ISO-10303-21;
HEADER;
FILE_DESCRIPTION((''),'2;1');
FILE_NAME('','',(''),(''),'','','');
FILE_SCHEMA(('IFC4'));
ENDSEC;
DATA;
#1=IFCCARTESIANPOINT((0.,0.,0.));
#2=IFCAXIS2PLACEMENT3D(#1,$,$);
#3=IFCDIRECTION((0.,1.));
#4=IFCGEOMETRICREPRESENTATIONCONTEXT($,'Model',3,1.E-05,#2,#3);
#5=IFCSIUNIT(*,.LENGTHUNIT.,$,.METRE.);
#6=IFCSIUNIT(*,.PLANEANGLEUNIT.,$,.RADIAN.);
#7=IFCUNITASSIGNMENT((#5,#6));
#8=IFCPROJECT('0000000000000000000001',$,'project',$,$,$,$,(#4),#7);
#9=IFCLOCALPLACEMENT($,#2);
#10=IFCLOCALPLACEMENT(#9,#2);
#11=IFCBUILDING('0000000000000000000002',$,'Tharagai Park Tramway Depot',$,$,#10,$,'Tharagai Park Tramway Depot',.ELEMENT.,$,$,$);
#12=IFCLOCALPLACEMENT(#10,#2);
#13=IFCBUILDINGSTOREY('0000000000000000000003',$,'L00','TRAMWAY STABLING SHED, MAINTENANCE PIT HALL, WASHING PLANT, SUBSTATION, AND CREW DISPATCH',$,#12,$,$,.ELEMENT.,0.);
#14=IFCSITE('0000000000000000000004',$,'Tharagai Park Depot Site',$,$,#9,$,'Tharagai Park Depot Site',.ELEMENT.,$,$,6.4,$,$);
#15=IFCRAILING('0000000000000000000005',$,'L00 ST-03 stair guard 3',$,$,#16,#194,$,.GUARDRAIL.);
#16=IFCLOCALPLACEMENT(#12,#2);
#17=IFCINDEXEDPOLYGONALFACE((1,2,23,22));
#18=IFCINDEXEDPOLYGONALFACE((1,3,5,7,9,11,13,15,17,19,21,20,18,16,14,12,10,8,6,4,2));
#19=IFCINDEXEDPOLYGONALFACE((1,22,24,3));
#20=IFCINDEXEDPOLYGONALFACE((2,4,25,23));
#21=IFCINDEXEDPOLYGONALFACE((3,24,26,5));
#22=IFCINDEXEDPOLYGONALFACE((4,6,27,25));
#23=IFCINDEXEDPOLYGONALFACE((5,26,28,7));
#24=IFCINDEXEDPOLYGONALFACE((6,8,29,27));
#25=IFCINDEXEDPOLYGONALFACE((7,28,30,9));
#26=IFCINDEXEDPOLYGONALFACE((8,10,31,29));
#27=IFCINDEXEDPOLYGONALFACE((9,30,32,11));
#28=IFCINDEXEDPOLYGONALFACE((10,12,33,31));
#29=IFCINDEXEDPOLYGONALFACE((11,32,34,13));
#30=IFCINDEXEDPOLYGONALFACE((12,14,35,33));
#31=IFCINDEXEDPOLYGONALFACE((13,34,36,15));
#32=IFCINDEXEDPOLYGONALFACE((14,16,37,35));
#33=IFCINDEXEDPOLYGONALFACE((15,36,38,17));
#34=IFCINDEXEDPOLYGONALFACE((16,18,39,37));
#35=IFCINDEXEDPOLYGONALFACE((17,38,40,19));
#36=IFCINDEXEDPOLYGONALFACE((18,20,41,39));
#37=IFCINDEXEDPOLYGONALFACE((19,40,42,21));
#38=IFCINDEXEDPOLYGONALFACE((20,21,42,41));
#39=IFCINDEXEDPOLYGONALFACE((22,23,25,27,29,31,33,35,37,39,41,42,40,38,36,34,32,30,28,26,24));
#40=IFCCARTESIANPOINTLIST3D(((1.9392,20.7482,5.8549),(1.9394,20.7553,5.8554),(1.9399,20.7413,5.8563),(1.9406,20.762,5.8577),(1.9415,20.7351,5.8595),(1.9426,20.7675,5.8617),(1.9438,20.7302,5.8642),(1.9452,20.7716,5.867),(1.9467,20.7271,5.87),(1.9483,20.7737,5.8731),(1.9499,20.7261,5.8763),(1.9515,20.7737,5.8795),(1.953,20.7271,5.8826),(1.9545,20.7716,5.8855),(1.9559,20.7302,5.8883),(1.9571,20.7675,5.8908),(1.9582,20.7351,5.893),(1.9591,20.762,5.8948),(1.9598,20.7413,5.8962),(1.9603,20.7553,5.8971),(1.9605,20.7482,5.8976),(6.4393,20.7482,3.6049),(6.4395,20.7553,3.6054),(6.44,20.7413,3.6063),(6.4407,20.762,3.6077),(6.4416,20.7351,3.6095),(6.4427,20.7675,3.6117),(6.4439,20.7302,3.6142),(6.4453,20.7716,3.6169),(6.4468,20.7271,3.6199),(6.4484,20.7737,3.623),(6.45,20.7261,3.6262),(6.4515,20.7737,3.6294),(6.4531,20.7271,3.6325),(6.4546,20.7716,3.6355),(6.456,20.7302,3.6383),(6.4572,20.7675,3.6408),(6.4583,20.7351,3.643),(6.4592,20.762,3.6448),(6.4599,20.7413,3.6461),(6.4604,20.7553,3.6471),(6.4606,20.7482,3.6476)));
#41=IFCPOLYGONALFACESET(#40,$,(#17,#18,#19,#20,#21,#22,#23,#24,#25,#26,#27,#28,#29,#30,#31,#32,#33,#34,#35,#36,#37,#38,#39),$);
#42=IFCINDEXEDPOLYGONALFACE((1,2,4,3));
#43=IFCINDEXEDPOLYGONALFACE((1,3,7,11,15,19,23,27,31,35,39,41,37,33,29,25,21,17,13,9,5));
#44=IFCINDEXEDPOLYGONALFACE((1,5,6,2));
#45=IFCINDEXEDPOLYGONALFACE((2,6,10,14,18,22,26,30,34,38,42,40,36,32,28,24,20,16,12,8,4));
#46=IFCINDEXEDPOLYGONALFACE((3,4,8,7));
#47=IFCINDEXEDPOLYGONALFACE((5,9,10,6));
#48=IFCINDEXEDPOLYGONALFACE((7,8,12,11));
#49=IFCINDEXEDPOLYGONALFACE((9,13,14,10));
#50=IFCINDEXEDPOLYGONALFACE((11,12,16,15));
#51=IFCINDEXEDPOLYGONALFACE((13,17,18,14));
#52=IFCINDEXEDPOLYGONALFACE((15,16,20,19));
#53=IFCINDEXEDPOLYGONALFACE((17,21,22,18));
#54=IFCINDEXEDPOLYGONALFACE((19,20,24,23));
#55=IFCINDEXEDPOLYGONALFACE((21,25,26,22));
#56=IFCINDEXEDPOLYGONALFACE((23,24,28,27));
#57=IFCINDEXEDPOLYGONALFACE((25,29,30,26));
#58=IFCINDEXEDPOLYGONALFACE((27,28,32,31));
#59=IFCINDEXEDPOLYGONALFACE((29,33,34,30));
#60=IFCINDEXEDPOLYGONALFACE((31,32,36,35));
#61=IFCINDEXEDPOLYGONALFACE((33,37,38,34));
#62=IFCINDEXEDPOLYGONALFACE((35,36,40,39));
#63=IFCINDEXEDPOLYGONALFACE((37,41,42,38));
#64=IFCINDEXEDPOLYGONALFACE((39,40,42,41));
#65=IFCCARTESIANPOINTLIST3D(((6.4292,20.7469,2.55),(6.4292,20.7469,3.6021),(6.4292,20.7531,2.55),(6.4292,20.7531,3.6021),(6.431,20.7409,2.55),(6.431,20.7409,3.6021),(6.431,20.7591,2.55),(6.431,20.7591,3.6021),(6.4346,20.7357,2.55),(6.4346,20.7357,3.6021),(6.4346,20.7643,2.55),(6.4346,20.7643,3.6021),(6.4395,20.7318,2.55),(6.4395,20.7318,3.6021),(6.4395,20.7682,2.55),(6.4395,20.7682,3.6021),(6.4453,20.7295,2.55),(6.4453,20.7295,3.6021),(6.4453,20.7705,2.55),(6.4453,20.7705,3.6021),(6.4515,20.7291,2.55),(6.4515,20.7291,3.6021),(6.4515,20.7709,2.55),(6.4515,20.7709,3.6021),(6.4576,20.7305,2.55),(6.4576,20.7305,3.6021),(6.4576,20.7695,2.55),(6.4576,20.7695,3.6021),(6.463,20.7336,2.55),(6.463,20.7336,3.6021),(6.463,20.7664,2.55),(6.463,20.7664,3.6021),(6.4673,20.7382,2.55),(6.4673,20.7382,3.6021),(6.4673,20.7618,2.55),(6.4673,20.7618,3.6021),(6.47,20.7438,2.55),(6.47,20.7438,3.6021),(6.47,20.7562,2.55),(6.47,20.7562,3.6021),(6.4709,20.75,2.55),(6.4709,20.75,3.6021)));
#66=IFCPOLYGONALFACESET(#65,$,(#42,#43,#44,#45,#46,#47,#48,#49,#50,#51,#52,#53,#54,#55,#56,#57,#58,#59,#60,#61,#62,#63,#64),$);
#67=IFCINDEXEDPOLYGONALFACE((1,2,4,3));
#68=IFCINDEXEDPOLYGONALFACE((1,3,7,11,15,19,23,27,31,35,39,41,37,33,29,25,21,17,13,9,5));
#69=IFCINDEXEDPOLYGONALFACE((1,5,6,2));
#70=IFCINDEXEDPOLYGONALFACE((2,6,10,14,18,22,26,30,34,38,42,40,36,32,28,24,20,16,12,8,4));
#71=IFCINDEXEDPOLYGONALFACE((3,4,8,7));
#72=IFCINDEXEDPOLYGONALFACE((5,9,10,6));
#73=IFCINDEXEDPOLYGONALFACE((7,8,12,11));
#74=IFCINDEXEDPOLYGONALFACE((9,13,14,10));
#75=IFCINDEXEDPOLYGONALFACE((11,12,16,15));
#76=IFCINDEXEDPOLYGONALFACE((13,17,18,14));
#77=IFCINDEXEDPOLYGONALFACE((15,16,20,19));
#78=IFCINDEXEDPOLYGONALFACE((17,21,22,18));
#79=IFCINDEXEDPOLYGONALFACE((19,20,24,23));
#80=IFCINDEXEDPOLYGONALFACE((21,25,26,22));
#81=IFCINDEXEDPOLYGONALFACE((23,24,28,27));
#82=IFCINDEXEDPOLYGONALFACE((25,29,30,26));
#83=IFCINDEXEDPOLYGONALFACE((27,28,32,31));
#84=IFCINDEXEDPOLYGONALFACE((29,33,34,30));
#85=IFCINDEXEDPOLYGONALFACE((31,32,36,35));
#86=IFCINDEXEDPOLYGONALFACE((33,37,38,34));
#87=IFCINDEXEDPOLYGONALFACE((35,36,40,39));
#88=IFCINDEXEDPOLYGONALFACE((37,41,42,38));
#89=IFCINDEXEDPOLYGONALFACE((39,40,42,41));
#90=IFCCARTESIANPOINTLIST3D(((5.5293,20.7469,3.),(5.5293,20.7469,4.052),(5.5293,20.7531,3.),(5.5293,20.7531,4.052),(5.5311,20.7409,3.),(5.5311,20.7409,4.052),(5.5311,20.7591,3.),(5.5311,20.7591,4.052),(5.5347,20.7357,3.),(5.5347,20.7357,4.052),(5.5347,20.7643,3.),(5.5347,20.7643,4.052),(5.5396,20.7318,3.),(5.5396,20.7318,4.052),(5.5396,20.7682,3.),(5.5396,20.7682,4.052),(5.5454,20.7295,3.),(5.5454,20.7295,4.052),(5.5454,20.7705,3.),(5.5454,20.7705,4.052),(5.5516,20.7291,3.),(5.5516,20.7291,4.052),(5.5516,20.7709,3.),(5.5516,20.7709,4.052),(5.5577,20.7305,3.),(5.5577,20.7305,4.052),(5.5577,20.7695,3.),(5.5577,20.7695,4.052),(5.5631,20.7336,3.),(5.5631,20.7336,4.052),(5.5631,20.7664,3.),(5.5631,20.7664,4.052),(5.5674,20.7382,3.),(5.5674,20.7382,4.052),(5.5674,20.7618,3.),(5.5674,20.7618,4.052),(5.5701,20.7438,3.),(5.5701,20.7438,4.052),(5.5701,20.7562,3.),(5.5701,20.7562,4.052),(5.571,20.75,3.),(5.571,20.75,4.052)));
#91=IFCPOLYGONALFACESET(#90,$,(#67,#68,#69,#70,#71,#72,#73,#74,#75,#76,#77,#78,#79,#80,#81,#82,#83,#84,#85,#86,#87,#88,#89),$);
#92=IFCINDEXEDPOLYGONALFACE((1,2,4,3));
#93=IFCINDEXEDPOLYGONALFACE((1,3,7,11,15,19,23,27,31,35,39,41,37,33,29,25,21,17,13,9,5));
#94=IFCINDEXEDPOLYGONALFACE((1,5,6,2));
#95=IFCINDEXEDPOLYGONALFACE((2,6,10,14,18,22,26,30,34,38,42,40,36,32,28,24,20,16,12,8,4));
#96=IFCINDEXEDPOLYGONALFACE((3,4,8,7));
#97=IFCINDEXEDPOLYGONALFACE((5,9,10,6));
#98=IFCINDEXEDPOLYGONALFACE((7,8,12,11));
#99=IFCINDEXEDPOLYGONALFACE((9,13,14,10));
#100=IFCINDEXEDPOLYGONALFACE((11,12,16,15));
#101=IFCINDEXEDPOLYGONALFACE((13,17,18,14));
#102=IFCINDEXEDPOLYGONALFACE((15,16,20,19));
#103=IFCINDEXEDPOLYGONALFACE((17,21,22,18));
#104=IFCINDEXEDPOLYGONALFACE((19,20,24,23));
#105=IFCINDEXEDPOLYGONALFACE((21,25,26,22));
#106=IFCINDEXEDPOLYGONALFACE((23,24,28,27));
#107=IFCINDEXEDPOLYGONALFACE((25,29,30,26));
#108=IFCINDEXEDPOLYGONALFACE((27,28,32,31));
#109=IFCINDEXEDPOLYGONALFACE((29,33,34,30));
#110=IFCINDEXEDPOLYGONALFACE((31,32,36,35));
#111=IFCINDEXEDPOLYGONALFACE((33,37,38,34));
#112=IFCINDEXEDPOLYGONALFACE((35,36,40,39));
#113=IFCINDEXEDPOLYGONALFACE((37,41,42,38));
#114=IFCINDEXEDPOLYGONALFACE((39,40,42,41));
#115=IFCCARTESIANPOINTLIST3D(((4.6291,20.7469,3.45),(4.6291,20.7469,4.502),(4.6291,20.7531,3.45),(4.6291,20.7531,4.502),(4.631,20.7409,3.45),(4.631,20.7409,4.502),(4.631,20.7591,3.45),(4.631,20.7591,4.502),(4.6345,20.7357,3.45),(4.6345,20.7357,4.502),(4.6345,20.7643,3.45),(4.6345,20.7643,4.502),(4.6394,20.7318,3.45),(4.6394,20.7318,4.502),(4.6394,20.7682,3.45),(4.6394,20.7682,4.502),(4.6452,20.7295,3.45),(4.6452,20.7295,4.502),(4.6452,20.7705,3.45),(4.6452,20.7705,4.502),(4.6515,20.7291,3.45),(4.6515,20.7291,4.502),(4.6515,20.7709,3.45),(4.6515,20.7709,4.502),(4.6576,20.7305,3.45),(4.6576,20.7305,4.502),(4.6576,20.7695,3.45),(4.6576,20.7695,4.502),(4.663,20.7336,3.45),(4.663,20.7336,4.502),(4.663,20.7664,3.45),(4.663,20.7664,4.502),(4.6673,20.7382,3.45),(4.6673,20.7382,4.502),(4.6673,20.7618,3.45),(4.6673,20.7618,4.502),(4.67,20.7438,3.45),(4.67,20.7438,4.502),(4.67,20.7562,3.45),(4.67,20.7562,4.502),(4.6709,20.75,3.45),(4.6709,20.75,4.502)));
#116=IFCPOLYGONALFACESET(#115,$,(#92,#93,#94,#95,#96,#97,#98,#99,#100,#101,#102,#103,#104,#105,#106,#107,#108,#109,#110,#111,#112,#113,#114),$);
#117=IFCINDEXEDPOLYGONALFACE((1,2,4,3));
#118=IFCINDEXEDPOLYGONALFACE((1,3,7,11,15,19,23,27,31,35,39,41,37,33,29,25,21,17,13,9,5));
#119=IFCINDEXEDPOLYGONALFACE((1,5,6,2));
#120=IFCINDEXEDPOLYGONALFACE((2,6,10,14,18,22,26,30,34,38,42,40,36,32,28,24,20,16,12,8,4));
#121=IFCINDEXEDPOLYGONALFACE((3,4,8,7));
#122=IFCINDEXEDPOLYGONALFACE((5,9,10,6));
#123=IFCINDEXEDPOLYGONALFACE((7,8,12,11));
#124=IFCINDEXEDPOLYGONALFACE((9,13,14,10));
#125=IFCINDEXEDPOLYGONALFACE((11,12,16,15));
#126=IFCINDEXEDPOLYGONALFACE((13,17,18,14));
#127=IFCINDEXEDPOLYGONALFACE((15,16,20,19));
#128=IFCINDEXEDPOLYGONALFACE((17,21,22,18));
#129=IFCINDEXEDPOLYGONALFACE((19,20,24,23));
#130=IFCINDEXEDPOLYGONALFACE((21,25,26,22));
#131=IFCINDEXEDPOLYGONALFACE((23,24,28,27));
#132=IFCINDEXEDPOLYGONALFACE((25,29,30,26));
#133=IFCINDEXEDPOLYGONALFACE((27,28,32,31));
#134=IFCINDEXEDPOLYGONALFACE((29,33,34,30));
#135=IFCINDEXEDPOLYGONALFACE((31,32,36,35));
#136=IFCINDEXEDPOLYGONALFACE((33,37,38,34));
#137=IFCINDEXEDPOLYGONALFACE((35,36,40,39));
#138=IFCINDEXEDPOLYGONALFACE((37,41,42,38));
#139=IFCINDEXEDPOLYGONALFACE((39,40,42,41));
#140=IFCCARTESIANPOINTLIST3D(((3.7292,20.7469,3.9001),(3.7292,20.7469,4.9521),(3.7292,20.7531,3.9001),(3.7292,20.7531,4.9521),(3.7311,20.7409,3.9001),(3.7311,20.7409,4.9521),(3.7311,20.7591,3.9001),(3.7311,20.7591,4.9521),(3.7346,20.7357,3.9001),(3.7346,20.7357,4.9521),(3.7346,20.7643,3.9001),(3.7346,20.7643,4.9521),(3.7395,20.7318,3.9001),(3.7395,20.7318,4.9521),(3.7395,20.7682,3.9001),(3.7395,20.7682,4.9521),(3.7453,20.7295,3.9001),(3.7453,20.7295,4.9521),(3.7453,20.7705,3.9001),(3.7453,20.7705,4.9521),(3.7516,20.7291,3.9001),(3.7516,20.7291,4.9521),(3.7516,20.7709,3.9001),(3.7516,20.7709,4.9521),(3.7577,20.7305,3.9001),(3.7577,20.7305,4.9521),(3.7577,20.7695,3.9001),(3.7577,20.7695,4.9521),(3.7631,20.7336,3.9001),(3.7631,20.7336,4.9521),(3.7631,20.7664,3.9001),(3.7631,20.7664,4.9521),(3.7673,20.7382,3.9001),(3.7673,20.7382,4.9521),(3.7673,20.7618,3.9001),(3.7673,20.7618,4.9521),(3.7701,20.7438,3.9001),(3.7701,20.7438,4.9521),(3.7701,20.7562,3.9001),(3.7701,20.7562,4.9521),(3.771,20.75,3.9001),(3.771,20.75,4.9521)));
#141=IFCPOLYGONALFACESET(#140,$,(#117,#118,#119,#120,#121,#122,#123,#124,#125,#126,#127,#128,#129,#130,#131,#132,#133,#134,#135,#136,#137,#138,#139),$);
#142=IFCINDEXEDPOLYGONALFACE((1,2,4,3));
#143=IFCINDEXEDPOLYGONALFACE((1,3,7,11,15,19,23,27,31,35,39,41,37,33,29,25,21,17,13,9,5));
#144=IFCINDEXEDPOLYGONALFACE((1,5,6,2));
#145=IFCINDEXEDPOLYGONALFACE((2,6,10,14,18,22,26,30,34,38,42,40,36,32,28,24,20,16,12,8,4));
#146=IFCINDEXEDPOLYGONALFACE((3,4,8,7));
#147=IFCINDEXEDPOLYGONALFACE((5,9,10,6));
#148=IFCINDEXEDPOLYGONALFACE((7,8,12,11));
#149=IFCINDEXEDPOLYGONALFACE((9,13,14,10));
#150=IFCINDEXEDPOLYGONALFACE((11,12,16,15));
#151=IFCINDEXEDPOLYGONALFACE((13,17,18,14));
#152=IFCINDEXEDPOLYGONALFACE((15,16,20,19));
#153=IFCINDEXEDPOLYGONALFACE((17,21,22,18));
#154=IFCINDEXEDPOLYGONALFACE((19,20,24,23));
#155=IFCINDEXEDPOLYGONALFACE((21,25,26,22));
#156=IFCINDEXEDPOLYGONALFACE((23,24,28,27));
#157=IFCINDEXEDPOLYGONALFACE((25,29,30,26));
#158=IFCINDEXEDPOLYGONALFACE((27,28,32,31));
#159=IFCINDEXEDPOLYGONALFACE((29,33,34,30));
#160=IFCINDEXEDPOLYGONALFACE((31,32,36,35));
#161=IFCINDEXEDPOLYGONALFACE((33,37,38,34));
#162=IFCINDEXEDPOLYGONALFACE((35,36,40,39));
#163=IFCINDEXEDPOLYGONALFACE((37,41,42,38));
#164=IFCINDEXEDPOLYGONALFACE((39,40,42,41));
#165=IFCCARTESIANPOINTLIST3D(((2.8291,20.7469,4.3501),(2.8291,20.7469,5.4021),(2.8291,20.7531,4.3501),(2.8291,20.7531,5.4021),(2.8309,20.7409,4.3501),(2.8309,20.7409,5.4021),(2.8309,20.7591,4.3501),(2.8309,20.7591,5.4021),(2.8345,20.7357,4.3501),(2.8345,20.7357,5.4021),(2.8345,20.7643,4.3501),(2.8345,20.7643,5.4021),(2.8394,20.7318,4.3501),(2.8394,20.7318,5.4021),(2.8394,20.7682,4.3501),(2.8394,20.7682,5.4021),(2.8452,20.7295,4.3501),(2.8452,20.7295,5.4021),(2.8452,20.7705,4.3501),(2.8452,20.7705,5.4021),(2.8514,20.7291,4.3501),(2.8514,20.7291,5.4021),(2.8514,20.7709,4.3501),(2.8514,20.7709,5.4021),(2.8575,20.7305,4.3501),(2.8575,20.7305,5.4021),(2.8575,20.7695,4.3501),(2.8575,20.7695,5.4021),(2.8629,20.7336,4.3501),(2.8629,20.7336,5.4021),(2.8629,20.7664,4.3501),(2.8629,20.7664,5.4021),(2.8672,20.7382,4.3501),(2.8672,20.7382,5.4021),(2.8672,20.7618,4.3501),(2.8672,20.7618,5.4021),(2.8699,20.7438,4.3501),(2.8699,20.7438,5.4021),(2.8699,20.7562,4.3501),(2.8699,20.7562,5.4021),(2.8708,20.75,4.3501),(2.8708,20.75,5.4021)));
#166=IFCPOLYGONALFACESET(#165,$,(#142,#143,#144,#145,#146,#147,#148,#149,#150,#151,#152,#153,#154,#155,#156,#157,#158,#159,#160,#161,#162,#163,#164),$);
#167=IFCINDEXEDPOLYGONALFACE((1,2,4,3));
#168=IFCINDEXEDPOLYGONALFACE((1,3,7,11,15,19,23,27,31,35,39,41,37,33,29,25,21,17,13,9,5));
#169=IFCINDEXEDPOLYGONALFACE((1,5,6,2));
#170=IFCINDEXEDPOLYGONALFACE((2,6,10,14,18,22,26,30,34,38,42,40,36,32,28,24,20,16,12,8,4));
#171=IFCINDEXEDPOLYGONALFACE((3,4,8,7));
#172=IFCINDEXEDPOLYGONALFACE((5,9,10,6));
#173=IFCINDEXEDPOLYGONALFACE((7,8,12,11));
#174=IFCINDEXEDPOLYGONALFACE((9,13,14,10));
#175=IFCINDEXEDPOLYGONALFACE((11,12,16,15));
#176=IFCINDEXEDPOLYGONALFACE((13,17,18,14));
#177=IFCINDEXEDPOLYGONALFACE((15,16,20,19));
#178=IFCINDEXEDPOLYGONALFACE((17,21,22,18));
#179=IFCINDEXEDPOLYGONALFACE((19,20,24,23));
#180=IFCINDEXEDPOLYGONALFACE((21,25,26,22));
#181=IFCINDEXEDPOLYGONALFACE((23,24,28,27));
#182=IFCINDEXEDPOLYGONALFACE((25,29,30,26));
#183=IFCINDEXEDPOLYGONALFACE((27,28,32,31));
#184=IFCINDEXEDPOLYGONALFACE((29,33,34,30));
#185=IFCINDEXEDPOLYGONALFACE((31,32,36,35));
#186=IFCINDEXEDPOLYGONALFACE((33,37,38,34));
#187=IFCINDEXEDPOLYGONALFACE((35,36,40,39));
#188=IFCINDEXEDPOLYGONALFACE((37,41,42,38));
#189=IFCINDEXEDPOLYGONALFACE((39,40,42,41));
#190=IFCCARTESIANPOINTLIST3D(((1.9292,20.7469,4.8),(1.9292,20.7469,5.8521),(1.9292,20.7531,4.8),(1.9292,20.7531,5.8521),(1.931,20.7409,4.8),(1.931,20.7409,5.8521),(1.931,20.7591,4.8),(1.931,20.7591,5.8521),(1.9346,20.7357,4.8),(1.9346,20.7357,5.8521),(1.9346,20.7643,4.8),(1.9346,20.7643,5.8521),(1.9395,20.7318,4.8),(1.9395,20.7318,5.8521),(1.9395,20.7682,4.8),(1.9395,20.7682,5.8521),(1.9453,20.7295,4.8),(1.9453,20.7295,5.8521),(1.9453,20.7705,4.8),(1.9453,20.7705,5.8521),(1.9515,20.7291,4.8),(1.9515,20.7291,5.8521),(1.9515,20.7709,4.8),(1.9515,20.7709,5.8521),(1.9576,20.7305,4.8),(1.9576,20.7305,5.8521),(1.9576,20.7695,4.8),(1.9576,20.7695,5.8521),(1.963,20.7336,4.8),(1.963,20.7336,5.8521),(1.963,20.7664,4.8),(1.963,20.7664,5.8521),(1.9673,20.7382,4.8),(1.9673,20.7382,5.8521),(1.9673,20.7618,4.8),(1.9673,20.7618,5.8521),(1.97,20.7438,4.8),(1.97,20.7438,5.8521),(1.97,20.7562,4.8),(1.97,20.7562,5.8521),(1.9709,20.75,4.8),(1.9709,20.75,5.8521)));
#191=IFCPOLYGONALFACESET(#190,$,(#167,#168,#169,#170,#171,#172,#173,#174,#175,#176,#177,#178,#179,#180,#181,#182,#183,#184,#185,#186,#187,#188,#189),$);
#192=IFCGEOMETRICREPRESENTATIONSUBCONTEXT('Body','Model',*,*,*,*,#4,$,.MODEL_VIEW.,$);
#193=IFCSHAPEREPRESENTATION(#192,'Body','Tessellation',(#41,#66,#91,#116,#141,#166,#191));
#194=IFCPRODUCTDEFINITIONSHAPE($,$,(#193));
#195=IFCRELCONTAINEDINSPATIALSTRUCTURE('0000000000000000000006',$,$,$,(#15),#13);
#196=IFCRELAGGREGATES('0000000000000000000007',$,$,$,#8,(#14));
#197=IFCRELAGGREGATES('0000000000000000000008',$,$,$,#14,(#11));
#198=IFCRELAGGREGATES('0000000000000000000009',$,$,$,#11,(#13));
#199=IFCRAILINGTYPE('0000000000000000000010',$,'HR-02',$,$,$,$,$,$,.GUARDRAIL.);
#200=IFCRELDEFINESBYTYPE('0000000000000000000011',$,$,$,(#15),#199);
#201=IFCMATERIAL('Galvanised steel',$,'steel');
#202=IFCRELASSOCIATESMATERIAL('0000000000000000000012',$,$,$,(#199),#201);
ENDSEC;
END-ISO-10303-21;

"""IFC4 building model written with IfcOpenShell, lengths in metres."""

from ifc_helpers import new_model, si_unit, direction, frame, origin, origin_2d, place, context, subcontext, project, spatial, circle, extrude, material, type_object, element, save


model = new_model("IFC4")

# Units and contexts
model_context = context("Model", 3, precision=1e-05, world=origin(), true_north=direction((0.0, 1.0)))
body_context = subcontext(model_context, "Body", "Model", "MODEL_VIEW")
ifc_project = project(units=[si_unit("LENGTHUNIT", "METRE"), si_unit("PLANEANGLEUNIT", "RADIAN")], contexts=[model_context])

# Site, building, storey
site_placement = place(None, origin())
site = spatial("IfcSite", under=ifc_project, at=site_placement, Name="Tharagai Park Depot Site", LongName="Tharagai Park Depot Site", CompositionType="ELEMENT", RefElevation=6.4)
building_placement = place(site_placement, origin())
building = spatial("IfcBuilding", under=site, at=building_placement, Name="Tharagai Park Tramway Depot", LongName="Tharagai Park Tramway Depot", CompositionType="ELEMENT")
storey_placement = place(building_placement, origin())
storey = spatial("IfcBuildingStorey", under=building, at=storey_placement, Name="L00", Description="TRAMWAY STABLING SHED, MAINTENANCE PIT HALL, WASHING PLANT, SUBSTATION, AND CREW DISPATCH", CompositionType="ELEMENT", Elevation=0.0)

# Railing
ifc_material_1 = material(Name="Galvanised steel", Category="steel")
railing_type_1 = type_object("IfcRailingType", Name="HR-02", PredefinedType="GUARDRAIL", material=ifc_material_1)
railing_1_placement = place(storey_placement, frame((6.45, 20.75, 2.55)))
element("IfcRailing", 1, at=railing_1_placement, inside=storey, type_object=railing_type_1, Name="L00 ST-03 stair guard 3", PredefinedType="GUARDRAIL", context=body_context, shape_type="SweptSolid", body=[
    extrude(circle(Radius=0.0239, at=origin_2d()), frame((0.0, 0.0, 1.0762), z_axis=(-0.894427, 0.0, 0.447214), x_axis=(0.0, -1.0, 0.0)), (0.0, 0.0, 1.0), 5.0312),
    extrude(circle(Radius=0.021, at=origin_2d()), origin(), (0.0, 0.0, 1.0), 1.052),
    extrude(circle(Radius=0.021, at=origin_2d()), frame((-0.8999, 0.0, 0.45)), (0.0, 0.0, 1.0), 1.052),
    extrude(circle(Radius=0.021, at=origin_2d()), frame((-1.8, 0.0, 0.8999)), (0.0, 0.0, 1.0), 1.052),
    extrude(circle(Radius=0.021, at=origin_2d()), frame((-2.7, 0.0, 1.3501)), (0.0, 0.0, 1.0), 1.052),
    extrude(circle(Radius=0.021, at=origin_2d()), frame((-3.6001, 0.0, 1.8)), (0.0, 0.0, 1.0), 1.052),
    extrude(circle(Radius=0.021, at=origin_2d()), frame((-4.5, 0.0, 2.25)), (0.0, 0.0, 1.0), 1.052),
])

save(model, "model.ifc")
